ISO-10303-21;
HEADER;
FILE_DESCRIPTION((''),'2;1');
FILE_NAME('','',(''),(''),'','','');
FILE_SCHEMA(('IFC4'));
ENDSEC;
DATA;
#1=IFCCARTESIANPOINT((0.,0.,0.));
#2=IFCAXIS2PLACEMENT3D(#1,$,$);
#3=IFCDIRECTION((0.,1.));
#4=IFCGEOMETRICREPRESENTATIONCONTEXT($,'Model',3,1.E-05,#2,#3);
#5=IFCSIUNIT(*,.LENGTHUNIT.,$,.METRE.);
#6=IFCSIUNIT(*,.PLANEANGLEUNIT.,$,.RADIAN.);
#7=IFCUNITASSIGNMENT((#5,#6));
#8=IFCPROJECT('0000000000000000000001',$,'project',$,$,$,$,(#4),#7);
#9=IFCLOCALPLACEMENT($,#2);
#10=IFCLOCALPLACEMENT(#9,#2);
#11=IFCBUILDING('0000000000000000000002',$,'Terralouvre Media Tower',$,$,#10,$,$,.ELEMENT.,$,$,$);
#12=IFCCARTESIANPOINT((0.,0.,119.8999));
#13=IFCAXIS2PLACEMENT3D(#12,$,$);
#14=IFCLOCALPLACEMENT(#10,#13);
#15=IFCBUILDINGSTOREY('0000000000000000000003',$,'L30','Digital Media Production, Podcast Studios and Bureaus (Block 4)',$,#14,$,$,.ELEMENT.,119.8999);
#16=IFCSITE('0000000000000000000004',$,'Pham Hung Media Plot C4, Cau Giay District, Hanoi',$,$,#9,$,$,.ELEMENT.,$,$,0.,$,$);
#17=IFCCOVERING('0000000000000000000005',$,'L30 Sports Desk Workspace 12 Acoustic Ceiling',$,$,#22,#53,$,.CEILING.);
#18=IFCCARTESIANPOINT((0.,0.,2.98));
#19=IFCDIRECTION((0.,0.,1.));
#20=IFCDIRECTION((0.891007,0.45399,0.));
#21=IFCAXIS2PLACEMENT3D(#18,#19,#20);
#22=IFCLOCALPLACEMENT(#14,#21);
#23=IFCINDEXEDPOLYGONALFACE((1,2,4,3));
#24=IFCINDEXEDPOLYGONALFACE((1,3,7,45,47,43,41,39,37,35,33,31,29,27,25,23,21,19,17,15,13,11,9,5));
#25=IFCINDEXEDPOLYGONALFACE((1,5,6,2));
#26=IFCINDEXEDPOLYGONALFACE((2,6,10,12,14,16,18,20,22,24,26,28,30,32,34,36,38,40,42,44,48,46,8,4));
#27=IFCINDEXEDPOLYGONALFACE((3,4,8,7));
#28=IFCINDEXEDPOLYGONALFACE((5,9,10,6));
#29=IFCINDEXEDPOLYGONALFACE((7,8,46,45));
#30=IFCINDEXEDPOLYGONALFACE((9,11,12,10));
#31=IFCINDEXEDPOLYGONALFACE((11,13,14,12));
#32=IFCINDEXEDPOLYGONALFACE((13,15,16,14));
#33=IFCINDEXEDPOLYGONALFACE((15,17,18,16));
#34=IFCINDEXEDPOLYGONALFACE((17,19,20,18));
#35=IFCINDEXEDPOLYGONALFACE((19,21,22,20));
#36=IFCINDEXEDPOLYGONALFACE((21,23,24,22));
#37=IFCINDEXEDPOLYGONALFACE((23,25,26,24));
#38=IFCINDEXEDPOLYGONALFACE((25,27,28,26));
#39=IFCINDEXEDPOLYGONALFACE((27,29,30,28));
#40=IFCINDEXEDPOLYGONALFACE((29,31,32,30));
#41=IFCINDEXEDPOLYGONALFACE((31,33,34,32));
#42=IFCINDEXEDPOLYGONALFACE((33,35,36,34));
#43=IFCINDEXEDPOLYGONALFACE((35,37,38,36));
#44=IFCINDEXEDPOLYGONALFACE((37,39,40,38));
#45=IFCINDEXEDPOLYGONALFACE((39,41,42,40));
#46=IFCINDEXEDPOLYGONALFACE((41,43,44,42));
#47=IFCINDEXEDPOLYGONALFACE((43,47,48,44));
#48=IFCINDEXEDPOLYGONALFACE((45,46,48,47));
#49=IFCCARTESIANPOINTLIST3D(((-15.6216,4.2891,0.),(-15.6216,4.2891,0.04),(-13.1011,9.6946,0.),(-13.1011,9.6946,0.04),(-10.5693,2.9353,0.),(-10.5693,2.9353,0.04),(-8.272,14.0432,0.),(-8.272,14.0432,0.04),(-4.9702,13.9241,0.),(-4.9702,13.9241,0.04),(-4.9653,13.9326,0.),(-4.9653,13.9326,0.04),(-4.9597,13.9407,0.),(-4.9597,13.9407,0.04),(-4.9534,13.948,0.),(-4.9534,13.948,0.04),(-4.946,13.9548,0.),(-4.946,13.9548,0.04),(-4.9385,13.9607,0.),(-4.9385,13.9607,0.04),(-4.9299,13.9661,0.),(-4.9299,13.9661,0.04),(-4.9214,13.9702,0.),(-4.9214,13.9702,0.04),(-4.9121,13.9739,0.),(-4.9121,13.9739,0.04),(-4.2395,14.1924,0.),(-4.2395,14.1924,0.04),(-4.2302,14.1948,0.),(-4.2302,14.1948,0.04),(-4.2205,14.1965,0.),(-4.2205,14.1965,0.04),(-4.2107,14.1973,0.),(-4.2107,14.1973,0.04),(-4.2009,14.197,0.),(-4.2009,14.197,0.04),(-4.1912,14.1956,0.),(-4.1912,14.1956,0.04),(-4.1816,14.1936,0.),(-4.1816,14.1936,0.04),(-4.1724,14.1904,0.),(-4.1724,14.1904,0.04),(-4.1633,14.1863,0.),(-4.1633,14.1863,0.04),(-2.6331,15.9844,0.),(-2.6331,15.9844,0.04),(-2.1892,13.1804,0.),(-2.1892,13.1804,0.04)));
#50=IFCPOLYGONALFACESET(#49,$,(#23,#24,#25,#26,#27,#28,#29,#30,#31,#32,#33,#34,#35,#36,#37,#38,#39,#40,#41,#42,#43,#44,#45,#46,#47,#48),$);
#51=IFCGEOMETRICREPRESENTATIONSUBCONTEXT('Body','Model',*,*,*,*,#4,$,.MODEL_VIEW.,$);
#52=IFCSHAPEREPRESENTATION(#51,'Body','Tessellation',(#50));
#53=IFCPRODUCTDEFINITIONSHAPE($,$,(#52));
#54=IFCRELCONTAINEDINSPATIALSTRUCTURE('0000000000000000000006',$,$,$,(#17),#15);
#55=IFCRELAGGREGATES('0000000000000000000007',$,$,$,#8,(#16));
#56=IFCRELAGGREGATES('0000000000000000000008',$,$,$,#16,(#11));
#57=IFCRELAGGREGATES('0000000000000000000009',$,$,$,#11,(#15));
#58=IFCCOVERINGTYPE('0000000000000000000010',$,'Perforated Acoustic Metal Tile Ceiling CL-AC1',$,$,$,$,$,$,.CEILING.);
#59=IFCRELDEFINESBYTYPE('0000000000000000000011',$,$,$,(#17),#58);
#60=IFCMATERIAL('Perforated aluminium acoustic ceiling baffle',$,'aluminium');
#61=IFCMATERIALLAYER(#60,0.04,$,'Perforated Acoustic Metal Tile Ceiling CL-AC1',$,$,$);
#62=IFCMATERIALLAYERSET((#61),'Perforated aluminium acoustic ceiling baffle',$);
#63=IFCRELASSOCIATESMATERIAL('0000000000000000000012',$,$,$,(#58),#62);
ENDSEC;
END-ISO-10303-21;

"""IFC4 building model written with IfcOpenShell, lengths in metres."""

from ifc_helpers import new_model, si_unit, direction, frame, origin, place, context, subcontext, project, spatial, polyline, outline, extrude, material, layer, layer_set, type_object, element, save


model = new_model("IFC4")

# Units and contexts
model_context = context("Model", 3, precision=1e-05, world=origin(), true_north=direction((0.0, 1.0)))
body_context = subcontext(model_context, "Body", "Model", "MODEL_VIEW")
ifc_project = project(units=[si_unit("LENGTHUNIT", "METRE"), si_unit("PLANEANGLEUNIT", "RADIAN")], contexts=[model_context])

# Site, building, storey
site_placement = place(None, origin())
site = spatial("IfcSite", under=ifc_project, at=site_placement, Name="Pham Hung Media Plot C4, Cau Giay District, Hanoi", CompositionType="ELEMENT", RefElevation=0.0)
building_placement = place(site_placement, origin())
building = spatial("IfcBuilding", under=site, at=building_placement, Name="Terralouvre Media Tower", CompositionType="ELEMENT")
storey_placement = place(building_placement, frame((0.0, 0.0, 119.8999)))
storey = spatial("IfcBuildingStorey", under=building, at=storey_placement, Name="L30", Description="Digital Media Production, Podcast Studios and Bureaus (Block 4)", CompositionType="ELEMENT", Elevation=119.8999)

# Covering
ifc_material_1 = material(Name="Perforated aluminium acoustic ceiling baffle", Category="aluminium")
ifc_layer_1 = layer(ifc_material_1, 0.04, Name="Perforated Acoustic Metal Tile Ceiling CL-AC1")
ifc_layer_set_1 = layer_set([ifc_layer_1], Name="Perforated aluminium acoustic ceiling baffle")
covering_type_1 = type_object("IfcCoveringType", Name="Perforated Acoustic Metal Tile Ceiling CL-AC1", PredefinedType="CEILING", material=ifc_layer_set_1)
covering_1_placement = place(storey_placement, frame((0.0, 0.0, 2.98), z_axis=(0.0, 0.0, 1.0), x_axis=(0.891007, 0.45399, 0.0)))
element("IfcCovering", 1, at=covering_1_placement, inside=storey, type_object=covering_type_1, Name="L30 Sports Desk Workspace 12 Acoustic Ceiling", PredefinedType="CEILING", context=body_context, shape_type="SweptSolid", body=[
    extrude(outline(polyline([(-8.272, 14.0432), (-13.1011, 9.6946), (-15.6216, 4.2891), (-10.5693, 2.9353), (-4.9702, 13.9241), (-4.9653, 13.9326), (-4.9597, 13.9407), (-4.9534, 13.948), (-4.946, 13.9548), (-4.9385, 13.9607), (-4.9299, 13.9661), (-4.9214, 13.9702), (-4.9121, 13.9739), (-4.2395, 14.1924), (-4.2302, 14.1948), (-4.2205, 14.1965), (-4.2107, 14.1973), (-4.2009, 14.197), (-4.1912, 14.1956), (-4.1816, 14.1936), (-4.1724, 14.1904), (-4.1633, 14.1863), (-2.1892, 13.1804), (-2.6331, 15.9844), (-8.272, 14.0432)])), origin(), (0.0, 0.0, 1.0), 0.04),
])

save(model, "model.ifc")
